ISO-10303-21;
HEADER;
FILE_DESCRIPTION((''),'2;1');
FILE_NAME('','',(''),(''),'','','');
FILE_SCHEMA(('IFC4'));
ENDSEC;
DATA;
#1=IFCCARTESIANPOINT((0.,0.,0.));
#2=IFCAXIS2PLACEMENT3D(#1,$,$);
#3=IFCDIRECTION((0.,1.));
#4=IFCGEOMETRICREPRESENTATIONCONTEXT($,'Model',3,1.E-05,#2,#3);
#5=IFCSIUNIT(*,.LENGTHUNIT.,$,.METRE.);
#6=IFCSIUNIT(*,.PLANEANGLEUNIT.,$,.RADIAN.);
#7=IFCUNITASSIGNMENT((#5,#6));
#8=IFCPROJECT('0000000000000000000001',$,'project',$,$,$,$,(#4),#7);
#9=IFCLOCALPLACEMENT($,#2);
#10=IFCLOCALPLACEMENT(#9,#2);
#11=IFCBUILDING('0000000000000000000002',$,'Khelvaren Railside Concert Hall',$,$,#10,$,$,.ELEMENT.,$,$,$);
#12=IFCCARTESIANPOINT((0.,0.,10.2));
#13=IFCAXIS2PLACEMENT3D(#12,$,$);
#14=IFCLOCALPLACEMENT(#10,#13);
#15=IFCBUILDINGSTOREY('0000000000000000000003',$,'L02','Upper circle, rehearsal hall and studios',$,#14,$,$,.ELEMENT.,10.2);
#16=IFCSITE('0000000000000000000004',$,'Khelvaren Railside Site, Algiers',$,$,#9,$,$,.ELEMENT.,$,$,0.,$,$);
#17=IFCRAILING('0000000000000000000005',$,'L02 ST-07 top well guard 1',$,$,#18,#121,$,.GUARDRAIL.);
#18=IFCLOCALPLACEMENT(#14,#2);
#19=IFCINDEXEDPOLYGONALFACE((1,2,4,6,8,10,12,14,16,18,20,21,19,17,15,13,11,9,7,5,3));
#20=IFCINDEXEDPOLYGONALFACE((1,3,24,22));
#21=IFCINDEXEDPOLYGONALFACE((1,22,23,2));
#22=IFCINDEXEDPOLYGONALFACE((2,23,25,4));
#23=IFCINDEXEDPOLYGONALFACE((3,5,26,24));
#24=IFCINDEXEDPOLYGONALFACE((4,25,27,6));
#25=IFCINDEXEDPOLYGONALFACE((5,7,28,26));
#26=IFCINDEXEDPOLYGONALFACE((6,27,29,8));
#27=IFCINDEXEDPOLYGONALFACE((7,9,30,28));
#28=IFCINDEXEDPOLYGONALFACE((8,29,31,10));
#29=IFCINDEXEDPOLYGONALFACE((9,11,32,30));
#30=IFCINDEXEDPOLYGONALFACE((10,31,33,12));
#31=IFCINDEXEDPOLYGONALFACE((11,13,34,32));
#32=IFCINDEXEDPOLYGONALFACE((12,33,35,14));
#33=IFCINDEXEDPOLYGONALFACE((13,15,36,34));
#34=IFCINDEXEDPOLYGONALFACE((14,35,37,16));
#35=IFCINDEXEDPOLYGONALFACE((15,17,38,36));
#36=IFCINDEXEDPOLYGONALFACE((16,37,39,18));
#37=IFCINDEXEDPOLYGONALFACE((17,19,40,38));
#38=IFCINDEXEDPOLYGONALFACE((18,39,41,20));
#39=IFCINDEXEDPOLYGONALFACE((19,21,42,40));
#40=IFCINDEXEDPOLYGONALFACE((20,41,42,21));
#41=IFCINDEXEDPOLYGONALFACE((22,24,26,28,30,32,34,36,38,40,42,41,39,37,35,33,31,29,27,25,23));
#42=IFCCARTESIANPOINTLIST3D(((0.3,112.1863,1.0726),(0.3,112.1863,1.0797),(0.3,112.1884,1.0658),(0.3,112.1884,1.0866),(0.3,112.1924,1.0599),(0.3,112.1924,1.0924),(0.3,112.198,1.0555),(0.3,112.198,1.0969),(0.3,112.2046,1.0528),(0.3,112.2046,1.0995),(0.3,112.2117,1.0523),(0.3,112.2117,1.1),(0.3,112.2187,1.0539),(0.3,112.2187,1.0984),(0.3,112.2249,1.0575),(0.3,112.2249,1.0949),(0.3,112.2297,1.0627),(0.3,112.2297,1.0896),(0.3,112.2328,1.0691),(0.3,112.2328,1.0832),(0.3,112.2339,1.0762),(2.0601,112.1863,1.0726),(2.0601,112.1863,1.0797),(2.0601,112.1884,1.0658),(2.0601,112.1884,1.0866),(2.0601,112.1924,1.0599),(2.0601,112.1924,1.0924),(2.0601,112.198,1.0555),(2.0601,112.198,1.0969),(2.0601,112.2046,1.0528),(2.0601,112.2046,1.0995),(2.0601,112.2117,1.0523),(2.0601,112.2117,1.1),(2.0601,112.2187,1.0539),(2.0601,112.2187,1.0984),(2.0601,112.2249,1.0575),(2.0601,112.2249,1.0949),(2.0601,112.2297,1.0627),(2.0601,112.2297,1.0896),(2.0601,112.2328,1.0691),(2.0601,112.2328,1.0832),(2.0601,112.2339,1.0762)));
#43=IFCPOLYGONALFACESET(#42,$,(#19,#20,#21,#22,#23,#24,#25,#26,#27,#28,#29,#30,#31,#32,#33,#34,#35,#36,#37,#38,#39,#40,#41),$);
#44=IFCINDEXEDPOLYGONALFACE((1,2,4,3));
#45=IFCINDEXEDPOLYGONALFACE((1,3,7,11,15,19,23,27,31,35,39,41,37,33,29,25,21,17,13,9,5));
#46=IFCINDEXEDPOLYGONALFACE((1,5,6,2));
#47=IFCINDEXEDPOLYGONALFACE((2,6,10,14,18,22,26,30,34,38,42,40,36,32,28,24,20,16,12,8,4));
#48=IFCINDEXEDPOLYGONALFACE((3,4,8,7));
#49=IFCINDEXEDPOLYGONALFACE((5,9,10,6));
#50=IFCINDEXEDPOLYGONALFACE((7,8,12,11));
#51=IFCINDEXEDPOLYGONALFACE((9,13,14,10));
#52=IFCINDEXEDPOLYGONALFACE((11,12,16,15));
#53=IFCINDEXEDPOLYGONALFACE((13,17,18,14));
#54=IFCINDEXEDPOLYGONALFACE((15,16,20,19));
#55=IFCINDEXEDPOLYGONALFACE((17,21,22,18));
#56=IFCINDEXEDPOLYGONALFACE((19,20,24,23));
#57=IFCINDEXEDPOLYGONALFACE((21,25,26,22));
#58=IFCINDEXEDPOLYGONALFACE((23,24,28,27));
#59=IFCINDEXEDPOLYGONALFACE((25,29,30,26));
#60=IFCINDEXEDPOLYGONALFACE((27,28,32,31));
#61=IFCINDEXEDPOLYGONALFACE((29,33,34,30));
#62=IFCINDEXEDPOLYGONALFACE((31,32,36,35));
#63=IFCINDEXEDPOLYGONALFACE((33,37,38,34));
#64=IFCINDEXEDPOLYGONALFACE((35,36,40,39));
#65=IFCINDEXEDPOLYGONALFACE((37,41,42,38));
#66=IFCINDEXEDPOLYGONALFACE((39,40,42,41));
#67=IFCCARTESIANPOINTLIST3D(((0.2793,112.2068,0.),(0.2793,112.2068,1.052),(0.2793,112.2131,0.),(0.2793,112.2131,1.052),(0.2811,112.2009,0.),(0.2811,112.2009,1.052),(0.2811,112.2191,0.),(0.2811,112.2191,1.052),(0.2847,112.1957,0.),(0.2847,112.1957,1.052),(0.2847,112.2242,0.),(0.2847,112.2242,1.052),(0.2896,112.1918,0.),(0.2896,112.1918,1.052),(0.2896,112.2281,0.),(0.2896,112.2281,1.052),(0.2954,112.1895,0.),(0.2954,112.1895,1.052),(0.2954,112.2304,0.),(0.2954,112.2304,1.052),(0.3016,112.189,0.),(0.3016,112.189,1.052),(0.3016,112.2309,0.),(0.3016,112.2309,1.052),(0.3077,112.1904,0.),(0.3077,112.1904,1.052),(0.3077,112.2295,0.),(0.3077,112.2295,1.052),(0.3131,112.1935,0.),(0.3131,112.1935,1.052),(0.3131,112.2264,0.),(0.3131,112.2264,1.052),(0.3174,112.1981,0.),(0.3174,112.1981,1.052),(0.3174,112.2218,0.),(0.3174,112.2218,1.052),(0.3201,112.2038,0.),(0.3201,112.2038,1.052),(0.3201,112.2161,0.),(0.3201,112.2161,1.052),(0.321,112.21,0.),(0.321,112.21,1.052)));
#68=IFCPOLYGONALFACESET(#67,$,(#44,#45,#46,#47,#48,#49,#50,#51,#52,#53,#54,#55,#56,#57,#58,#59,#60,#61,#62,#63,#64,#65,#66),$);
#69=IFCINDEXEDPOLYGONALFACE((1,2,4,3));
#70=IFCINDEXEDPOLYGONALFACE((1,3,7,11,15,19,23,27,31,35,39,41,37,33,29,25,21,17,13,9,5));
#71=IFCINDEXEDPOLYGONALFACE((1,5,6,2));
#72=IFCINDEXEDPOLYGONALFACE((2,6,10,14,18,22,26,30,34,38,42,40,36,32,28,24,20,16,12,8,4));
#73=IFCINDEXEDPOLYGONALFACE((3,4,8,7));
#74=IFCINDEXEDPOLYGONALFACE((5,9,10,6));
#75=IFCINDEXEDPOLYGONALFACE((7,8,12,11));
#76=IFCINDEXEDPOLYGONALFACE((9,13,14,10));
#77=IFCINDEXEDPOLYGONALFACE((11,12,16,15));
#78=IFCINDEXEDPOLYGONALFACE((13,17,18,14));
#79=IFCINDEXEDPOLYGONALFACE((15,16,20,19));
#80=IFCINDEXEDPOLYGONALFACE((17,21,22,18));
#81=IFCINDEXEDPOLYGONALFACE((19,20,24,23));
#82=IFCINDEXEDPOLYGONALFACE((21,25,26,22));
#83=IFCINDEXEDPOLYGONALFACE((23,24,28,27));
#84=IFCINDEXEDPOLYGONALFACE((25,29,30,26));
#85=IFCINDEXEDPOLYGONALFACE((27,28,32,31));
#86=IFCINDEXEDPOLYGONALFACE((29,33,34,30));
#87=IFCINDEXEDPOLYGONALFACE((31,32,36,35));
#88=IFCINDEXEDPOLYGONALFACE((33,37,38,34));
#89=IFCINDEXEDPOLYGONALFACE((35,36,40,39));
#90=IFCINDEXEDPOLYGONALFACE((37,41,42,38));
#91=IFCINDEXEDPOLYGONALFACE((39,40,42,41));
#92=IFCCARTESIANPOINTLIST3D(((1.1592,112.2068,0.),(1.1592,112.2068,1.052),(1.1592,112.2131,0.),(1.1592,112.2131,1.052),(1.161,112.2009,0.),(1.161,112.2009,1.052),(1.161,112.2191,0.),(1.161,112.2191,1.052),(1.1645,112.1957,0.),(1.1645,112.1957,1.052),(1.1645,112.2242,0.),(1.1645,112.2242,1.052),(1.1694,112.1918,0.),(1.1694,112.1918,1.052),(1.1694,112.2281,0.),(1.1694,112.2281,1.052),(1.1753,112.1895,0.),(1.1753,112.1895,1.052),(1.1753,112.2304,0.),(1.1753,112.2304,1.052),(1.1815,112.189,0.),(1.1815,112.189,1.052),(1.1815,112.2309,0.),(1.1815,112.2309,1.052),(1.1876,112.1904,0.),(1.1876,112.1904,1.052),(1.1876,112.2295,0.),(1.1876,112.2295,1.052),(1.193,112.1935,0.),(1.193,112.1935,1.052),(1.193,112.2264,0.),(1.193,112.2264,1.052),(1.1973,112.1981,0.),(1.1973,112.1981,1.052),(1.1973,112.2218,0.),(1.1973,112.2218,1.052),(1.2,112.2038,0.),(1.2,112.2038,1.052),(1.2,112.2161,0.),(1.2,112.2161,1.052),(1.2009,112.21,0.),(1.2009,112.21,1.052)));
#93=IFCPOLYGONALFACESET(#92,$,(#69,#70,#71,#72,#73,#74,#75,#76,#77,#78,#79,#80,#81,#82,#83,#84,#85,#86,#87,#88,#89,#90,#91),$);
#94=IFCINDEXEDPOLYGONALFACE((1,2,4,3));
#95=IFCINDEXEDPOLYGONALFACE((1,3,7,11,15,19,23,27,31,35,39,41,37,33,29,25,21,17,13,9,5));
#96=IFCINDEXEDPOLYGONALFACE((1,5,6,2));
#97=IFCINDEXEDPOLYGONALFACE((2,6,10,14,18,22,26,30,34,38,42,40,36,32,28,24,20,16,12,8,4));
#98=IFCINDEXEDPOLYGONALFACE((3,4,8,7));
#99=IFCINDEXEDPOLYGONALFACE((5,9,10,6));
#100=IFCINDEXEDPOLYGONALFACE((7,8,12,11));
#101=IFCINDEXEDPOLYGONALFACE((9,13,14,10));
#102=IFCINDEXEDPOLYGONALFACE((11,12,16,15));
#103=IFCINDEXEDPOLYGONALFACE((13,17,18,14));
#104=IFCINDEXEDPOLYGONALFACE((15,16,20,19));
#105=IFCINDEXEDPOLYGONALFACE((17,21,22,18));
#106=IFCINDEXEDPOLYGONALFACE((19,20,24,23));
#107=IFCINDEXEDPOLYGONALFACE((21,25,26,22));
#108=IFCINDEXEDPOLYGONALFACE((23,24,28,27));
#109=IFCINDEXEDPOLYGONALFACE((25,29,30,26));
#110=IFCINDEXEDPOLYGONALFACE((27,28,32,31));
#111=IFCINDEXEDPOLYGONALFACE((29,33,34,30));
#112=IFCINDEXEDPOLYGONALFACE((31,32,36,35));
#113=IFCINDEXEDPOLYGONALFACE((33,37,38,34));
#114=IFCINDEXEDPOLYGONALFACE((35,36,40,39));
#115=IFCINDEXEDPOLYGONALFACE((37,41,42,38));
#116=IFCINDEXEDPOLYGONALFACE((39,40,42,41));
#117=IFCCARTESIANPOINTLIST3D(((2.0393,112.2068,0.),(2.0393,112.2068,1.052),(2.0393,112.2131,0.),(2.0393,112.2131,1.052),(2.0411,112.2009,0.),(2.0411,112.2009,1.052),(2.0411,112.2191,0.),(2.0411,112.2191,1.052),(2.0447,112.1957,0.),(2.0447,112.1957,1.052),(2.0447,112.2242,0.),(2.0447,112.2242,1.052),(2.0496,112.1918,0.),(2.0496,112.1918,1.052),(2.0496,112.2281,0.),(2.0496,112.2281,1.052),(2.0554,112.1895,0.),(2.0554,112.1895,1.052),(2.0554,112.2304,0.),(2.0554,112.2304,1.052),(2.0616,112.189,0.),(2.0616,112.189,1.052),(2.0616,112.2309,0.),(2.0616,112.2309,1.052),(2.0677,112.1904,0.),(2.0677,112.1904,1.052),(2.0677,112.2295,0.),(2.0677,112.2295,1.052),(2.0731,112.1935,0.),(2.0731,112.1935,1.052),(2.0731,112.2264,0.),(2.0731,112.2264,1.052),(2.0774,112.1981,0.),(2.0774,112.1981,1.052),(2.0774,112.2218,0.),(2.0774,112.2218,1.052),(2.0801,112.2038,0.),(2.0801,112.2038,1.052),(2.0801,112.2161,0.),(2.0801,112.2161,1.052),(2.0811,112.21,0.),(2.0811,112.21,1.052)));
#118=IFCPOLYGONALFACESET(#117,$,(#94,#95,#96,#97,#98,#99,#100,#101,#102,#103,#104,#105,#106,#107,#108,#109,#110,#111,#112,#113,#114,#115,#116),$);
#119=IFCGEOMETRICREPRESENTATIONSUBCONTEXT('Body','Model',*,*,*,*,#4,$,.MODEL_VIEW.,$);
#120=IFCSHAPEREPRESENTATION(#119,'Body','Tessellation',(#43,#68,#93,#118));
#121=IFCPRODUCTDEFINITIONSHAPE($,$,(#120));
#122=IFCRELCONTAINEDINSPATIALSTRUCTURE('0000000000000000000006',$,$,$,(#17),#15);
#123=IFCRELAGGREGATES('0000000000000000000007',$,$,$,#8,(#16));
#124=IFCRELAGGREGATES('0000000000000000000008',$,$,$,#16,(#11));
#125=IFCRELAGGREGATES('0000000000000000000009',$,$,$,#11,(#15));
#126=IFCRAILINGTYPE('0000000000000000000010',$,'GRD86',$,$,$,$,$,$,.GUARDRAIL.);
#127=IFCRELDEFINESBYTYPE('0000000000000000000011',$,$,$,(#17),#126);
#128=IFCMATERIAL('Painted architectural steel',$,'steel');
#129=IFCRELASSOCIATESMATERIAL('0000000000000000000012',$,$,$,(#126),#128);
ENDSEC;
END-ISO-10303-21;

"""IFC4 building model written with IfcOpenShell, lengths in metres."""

from ifc_helpers import new_model, si_unit, direction, frame, origin, origin_2d, place, context, subcontext, project, spatial, circle, extrude, material, type_object, element, save


model = new_model("IFC4")

# Units and contexts
model_context = context("Model", 3, precision=1e-05, world=origin(), true_north=direction((0.0, 1.0)))
body_context = subcontext(model_context, "Body", "Model", "MODEL_VIEW")
ifc_project = project(units=[si_unit("LENGTHUNIT", "METRE"), si_unit("PLANEANGLEUNIT", "RADIAN")], contexts=[model_context])

# Site, building, storey
site_placement = place(None, origin())
site = spatial("IfcSite", under=ifc_project, at=site_placement, Name="Khelvaren Railside Site, Algiers", CompositionType="ELEMENT", RefElevation=0.0)
building_placement = place(site_placement, origin())
building = spatial("IfcBuilding", under=site, at=building_placement, Name="Khelvaren Railside Concert Hall", CompositionType="ELEMENT")
storey_placement = place(building_placement, frame((0.0, 0.0, 10.2)))
storey = spatial("IfcBuildingStorey", under=building, at=storey_placement, Name="L02", Description="Upper circle, rehearsal hall and studios", CompositionType="ELEMENT", Elevation=10.2)

# Railing
ifc_material_1 = material(Name="Painted architectural steel", Category="steel")
railing_type = type_object("IfcRailingType", Name="GRD86", PredefinedType="GUARDRAIL", material=ifc_material_1)
railing_1_placement = place(storey_placement, frame((0.3, 112.21, 0.0)))
element("IfcRailing", 1, at=railing_1_placement, inside=storey, type_object=railing_type, Name="L02 ST-07 top well guard 1", PredefinedType="GUARDRAIL", context=body_context, shape_type="SweptSolid", body=[
    extrude(circle(Radius=0.0239, at=origin_2d()), frame((0.0, 0.0, 1.0762), z_axis=(1.0, 0.0, 0.0), x_axis=(0.0, 1.0, 0.0)), (0.0, 0.0, 1.0), 1.76),
    extrude(circle(Radius=0.021, at=origin_2d()), origin(), (0.0, 0.0, 1.0), 1.052),
    extrude(circle(Radius=0.021, at=origin_2d()), frame((0.8799, 0.0, 0.0)), (0.0, 0.0, 1.0), 1.052),
    extrude(circle(Radius=0.021, at=origin_2d()), frame((1.76, 0.0, 0.0)), (0.0, 0.0, 1.0), 1.052),
])

save(model, "model.ifc")
